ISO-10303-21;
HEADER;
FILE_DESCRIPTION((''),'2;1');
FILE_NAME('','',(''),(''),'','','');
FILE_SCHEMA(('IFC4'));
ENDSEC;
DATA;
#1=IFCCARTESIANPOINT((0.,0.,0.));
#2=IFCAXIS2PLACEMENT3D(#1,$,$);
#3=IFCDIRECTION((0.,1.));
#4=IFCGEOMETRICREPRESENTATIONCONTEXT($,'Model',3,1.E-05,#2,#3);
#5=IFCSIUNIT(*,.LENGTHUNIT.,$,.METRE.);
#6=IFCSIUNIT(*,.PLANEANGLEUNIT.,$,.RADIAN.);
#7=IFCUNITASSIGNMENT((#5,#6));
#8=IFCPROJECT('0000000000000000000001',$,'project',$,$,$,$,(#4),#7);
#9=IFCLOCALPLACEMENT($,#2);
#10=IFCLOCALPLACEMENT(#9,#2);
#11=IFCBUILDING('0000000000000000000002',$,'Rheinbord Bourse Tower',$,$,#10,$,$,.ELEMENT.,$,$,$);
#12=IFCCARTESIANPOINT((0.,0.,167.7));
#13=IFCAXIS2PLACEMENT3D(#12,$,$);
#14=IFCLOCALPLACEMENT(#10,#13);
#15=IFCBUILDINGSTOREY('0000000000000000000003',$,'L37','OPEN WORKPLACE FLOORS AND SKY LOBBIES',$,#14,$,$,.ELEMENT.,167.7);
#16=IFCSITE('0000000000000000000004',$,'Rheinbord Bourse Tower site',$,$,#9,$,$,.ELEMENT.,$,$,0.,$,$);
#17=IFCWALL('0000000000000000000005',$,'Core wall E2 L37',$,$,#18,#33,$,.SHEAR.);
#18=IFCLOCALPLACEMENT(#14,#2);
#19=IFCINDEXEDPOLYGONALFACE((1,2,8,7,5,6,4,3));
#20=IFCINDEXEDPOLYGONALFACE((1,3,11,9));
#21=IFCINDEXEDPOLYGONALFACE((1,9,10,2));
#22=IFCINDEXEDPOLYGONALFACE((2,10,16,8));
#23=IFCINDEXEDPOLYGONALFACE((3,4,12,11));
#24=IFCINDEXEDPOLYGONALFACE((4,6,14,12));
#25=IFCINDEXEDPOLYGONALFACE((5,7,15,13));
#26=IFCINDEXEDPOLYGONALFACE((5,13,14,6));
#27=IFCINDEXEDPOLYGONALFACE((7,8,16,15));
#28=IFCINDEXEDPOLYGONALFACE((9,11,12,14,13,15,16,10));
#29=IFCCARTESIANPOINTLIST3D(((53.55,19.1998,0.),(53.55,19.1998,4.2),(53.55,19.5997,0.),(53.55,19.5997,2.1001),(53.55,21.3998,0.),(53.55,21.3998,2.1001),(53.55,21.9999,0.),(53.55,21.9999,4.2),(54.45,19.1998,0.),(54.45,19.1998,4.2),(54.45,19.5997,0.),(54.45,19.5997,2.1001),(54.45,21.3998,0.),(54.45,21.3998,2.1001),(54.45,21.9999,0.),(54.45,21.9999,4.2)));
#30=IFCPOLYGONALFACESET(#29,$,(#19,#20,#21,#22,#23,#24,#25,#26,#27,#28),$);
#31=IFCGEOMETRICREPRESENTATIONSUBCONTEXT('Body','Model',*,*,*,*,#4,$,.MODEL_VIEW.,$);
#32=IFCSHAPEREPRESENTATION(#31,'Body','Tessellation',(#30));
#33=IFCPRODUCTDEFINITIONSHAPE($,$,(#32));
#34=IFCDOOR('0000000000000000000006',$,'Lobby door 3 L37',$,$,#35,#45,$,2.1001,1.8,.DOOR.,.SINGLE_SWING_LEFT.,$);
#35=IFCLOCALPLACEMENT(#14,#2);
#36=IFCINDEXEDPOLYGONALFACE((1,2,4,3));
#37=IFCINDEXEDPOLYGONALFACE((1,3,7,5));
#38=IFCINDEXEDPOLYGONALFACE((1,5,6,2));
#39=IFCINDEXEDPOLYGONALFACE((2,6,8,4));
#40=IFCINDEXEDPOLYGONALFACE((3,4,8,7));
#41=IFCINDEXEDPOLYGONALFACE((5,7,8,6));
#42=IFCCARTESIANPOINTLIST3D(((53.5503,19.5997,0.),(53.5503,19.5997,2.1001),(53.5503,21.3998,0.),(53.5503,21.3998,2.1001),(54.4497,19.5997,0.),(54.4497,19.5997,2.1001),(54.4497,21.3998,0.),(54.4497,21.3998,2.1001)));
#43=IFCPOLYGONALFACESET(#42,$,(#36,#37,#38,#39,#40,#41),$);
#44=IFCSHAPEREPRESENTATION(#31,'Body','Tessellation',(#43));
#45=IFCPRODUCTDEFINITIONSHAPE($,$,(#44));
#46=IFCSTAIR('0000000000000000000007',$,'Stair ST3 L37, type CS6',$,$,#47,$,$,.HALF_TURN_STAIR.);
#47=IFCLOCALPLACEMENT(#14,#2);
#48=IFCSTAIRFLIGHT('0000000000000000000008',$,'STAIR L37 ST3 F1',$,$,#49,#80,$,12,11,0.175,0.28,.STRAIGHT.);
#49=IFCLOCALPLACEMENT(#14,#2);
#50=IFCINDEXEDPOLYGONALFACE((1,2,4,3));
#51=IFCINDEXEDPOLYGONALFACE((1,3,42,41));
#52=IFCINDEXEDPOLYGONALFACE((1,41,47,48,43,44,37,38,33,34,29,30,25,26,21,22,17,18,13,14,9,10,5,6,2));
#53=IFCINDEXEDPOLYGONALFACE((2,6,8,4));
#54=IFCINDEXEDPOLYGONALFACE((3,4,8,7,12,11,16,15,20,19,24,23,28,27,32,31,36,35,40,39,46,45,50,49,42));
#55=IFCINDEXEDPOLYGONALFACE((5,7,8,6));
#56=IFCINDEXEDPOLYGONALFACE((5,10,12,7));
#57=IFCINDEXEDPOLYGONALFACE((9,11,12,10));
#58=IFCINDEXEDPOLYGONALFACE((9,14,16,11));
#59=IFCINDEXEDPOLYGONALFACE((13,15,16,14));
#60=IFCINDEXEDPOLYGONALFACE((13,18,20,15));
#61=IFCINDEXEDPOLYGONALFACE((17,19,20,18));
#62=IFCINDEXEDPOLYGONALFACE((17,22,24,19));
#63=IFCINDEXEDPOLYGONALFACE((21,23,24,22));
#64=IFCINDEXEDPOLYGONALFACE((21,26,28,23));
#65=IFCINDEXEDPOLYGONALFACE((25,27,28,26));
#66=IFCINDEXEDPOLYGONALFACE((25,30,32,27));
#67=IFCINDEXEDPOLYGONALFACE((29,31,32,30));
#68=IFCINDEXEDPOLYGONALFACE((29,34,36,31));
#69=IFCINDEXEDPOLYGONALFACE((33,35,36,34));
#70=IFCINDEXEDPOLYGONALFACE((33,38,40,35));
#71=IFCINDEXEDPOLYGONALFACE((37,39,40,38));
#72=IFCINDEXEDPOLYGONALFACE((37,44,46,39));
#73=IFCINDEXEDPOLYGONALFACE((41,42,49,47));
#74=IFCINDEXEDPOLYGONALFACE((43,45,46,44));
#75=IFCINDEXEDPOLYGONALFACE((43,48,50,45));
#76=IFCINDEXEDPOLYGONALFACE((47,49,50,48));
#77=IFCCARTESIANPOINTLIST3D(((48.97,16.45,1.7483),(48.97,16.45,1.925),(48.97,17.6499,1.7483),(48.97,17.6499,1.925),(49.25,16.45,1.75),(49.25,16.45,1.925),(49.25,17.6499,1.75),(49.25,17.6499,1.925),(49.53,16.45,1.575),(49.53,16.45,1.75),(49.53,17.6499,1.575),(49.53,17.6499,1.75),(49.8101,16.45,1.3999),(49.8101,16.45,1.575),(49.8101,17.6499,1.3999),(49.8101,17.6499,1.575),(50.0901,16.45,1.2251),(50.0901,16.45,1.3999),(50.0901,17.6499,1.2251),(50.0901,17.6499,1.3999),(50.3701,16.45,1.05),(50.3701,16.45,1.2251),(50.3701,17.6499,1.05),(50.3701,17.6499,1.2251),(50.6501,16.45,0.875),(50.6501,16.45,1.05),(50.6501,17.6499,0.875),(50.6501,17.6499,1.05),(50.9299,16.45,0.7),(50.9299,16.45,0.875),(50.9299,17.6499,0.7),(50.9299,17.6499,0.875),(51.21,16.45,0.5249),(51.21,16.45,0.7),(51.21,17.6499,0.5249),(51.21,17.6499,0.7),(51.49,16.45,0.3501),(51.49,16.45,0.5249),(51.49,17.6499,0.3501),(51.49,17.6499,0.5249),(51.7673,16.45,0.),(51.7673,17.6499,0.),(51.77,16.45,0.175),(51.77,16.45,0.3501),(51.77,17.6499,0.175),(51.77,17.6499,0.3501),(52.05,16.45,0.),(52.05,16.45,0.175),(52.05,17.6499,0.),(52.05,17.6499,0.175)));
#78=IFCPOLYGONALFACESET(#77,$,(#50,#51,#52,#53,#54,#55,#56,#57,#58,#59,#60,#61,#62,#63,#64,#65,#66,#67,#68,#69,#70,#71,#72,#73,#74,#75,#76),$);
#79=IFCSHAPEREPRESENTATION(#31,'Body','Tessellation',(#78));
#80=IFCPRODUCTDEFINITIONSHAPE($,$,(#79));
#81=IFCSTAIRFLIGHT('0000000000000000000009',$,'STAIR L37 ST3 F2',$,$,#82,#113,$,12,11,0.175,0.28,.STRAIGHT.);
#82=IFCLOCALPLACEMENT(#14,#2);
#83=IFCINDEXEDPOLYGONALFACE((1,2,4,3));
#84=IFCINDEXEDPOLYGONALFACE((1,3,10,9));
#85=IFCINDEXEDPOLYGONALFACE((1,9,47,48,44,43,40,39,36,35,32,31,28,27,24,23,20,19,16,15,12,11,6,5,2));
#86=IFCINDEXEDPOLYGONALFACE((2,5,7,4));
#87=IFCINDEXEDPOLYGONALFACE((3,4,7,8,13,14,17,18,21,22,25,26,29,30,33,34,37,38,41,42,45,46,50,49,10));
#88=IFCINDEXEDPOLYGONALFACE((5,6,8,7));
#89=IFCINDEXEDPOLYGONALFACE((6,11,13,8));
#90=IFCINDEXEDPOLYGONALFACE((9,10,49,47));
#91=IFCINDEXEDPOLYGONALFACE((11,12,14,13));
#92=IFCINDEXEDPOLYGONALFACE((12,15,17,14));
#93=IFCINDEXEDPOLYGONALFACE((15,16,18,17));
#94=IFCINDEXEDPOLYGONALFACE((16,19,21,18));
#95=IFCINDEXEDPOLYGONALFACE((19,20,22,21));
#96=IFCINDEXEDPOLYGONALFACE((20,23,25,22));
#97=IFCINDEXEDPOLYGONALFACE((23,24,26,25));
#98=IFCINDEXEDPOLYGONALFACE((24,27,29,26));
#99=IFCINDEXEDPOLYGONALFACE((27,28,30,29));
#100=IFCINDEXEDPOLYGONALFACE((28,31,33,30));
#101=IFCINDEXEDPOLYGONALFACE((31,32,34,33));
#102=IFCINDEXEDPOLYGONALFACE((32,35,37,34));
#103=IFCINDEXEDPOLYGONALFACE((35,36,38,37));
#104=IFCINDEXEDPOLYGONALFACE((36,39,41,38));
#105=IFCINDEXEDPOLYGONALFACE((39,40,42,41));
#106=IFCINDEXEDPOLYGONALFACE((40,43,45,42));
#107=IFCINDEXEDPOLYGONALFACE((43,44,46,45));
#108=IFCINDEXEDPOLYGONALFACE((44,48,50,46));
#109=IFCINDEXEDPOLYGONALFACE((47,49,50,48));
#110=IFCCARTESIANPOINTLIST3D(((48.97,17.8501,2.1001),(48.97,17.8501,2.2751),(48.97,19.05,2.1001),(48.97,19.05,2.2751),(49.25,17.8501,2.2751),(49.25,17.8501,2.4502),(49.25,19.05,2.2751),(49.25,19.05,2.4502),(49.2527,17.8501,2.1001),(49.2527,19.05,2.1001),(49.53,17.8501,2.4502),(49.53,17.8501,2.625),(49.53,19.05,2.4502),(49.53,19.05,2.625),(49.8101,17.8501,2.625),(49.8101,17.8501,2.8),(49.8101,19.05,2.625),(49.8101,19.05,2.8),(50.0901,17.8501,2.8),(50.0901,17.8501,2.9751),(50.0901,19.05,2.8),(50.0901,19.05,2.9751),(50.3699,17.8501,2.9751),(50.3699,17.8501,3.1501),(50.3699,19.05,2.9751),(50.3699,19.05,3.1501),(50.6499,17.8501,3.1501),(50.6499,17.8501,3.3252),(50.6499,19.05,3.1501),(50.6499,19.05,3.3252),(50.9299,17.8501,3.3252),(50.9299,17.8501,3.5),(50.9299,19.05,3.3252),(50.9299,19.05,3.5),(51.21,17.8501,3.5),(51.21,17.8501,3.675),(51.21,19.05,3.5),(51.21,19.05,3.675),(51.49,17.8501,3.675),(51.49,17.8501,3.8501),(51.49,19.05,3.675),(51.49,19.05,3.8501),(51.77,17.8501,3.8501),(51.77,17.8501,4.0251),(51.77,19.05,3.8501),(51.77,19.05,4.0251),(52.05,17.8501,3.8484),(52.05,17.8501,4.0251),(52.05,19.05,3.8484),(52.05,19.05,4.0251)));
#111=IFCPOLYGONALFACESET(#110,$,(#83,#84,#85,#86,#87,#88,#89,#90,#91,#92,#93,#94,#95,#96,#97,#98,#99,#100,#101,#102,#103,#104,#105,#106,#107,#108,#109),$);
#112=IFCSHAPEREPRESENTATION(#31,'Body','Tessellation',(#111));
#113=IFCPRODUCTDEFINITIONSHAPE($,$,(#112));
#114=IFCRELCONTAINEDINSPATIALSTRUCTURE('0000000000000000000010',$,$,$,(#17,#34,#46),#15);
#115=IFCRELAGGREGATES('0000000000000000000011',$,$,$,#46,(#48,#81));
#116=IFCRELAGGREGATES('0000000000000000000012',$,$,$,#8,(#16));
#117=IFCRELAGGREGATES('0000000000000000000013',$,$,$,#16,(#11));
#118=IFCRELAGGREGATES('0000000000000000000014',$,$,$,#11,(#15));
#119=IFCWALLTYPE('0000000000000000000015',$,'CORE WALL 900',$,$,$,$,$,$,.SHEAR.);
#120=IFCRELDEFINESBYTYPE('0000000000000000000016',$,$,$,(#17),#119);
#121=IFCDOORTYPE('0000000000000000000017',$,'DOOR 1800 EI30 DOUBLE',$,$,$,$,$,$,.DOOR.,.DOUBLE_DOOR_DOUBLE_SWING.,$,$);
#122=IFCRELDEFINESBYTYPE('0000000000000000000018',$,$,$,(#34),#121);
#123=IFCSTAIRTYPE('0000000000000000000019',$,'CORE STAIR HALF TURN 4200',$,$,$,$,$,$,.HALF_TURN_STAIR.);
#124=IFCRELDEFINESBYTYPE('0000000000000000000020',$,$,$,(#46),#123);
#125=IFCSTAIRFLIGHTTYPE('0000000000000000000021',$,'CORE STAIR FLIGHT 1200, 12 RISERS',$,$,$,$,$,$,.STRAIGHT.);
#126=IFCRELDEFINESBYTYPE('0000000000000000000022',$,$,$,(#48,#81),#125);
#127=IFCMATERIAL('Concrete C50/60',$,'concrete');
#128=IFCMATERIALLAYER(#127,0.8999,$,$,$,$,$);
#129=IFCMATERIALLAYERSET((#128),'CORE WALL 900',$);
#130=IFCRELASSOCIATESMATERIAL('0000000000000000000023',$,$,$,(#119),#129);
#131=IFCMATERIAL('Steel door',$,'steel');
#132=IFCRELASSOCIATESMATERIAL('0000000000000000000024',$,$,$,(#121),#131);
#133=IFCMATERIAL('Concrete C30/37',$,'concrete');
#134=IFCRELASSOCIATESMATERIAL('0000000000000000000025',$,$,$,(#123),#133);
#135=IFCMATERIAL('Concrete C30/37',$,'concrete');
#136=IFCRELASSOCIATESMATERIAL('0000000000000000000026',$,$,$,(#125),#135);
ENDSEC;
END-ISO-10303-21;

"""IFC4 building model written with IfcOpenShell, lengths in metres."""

from ifc_helpers import new_model, si_unit, direction, frame, frame_2d, origin, place, context, subcontext, project, spatial, polyline, rectangle, outline, extrude, material, layer, layer_set, type_object, element, fill, aggregate, save


model = new_model("IFC4")

# Units and contexts
model_context = context("Model", 3, precision=1e-05, world=origin(), true_north=direction((0.0, 1.0)))
body_context = subcontext(model_context, "Body", "Model", "MODEL_VIEW")
ifc_project = project(units=[si_unit("LENGTHUNIT", "METRE"), si_unit("PLANEANGLEUNIT", "RADIAN")], contexts=[model_context])

# Site, building, storey
site_placement = place(None, origin())
site = spatial("IfcSite", under=ifc_project, at=site_placement, Name="Rheinbord Bourse Tower site", CompositionType="ELEMENT", RefElevation=0.0)
building_placement = place(site_placement, origin())
building = spatial("IfcBuilding", under=site, at=building_placement, Name="Rheinbord Bourse Tower", CompositionType="ELEMENT")
storey_placement = place(building_placement, frame((0.0, 0.0, 167.7)))
storey = spatial("IfcBuildingStorey", under=building, at=storey_placement, Name="L37", Description="OPEN WORKPLACE FLOORS AND SKY LOBBIES", CompositionType="ELEMENT", Elevation=167.7)

# Wall, opening, door
ifc_material_1 = material(Name="Concrete C50/60", Category="concrete")
ifc_layer_1 = layer(ifc_material_1, 0.8999)
ifc_layer_set_1 = layer_set([ifc_layer_1], Name="CORE WALL 900")
wall_type_1 = type_object("IfcWallType", Name="CORE WALL 900", PredefinedType="SHEAR", material=ifc_layer_set_1)
wall_1_placement = place(storey_placement, frame((54.0, 19.2, 0.0), z_axis=(0.0, 0.0, 1.0), x_axis=(0.0, 1.0, 0.0)))
wall_1 = element("IfcWall", 1, at=wall_1_placement, inside=storey, type_object=wall_type_1, Name="Core wall E2 L37", PredefinedType="SHEAR", context=body_context, shape_type="SweptSolid", body=[
    extrude(rectangle(XDim=2.8, YDim=0.8999, at=frame_2d((1.3999, 0.0))), origin(), (0.0, 0.0, 1.0), 4.2),
])
opening_1_placement = place(wall_1_placement, frame((0.3999, 0.0, 0.0)))
opening_1 = element("IfcOpeningElement", 2, at=opening_1_placement, cuts=wall_1, PredefinedType="OPENING", context=body_context, shape_type="SweptSolid", body=[
    extrude(rectangle(XDim=1.8, YDim=2.1001, at=frame_2d((0.8999, 1.05))), frame((0.0, 0.46, 0.0), z_axis=(0.0, -1.0, 0.0), x_axis=(1.0, 0.0, 0.0)), (0.0, 0.0, 1.0), 0.9199),
])
ifc_material_2 = material(Name="Steel door", Category="steel")
door_type_1 = type_object("IfcDoorType", Name="DOOR 1800 EI30 DOUBLE", OperationType="DOUBLE_DOOR_DOUBLE_SWING", PredefinedType="DOOR", material=ifc_material_2)
door_1_placement = place(opening_1_placement, origin())
door_1 = element("IfcDoor", 3, at=door_1_placement, inside=storey, type_object=door_type_1, Name="Lobby door 3 L37", OperationType="SINGLE_SWING_LEFT", OverallHeight=2.1001, OverallWidth=1.8, PredefinedType="DOOR", context=body_context, shape_type="SweptSolid", body=[
    extrude(rectangle(XDim=1.8, YDim=2.1001, at=frame_2d((0.8999, 1.05))), frame((0.0, 0.4497, 0.0), z_axis=(0.0, -1.0, 0.0), x_axis=(1.0, 0.0, 0.0)), (0.0, 0.0, 1.0), 0.8994),
])
fill(opening_1, door_1)

# Stair, stair flights
ifc_material_3 = material(Name="Concrete C30/37", Category="concrete")
stair_type = type_object("IfcStairType", Name="CORE STAIR HALF TURN 4200", PredefinedType="HALF_TURN_STAIR", material=ifc_material_3)
stair_placement = place(storey_placement, origin())
stair = element("IfcStair", 4, at=stair_placement, inside=storey, type_object=stair_type, Name="Stair ST3 L37, type CS6", PredefinedType="HALF_TURN_STAIR")
ifc_material_4 = material(Name="Concrete C30/37", Category="concrete")
stair_flight_type = type_object("IfcStairFlightType", Name="CORE STAIR FLIGHT 1200, 12 RISERS", PredefinedType="STRAIGHT", material=ifc_material_4)
stair_flight_1_placement = place(storey_placement, frame((52.05, 17.05, 0.0), z_axis=(0.0, 0.0, 1.0), x_axis=(-1.0, 0.0, 0.0)))
stair_flight_1 = element("IfcStairFlight", 5, at=stair_flight_1_placement, type_object=stair_flight_type, Name="STAIR L37 ST3 F1", NumberOfRisers=12, NumberOfTreads=11, PredefinedType="STRAIGHT", RiserHeight=0.175, TreadLength=0.28, context=body_context, shape_type="SweptSolid", body=[
    extrude(outline(polyline([(0.0, 0.0), (0.0, 0.175), (0.28, 0.175), (0.28, 0.3501), (0.5601, 0.3501), (0.5601, 0.5249), (0.8401, 0.5249), (0.8401, 0.7), (1.1201, 0.7), (1.1201, 0.875), (1.3999, 0.875), (1.3999, 1.05), (1.6799, 1.05), (1.6799, 1.2251), (1.96, 1.2251), (1.96, 1.3999), (2.24, 1.3999), (2.24, 1.575), (2.52, 1.575), (2.52, 1.75), (2.8, 1.75), (2.8, 1.925), (3.0801, 1.925), (3.0801, 2.1001), (3.0801, 1.7483), (0.2827, 0.0), (0.0, 0.0)])), frame((0.0, 0.6001, 0.0), z_axis=(0.0, -1.0, 0.0), x_axis=(1.0, 0.0, 0.0)), (0.0, 0.0, 1.0), 1.2),
])
stair_flight_2_placement = place(storey_placement, frame((48.97, 18.45, 2.1001), z_axis=(0.0, 0.0, 1.0), x_axis=(1.0, 0.0, 0.0)))
stair_flight_2 = element("IfcStairFlight", 6, at=stair_flight_2_placement, type_object=stair_flight_type, Name="STAIR L37 ST3 F2", NumberOfRisers=12, NumberOfTreads=11, PredefinedType="STRAIGHT", RiserHeight=0.175, TreadLength=0.28, context=body_context, shape_type="SweptSolid", body=[
    extrude(outline(polyline([(0.0, 0.0), (0.0, 0.175), (0.28, 0.175), (0.28, 0.3501), (0.5601, 0.3501), (0.5601, 0.5249), (0.8401, 0.5249), (0.8401, 0.7), (1.1201, 0.7), (1.1201, 0.875), (1.3999, 0.875), (1.3999, 1.05), (1.6799, 1.05), (1.6799, 1.2251), (1.96, 1.2251), (1.96, 1.3999), (2.24, 1.3999), (2.24, 1.575), (2.52, 1.575), (2.52, 1.75), (2.8, 1.75), (2.8, 1.925), (3.0801, 1.925), (3.0801, 2.1001), (3.0801, 1.7483), (0.2827, 0.0), (0.0, 0.0)])), frame((0.0, 0.6001, 0.0), z_axis=(0.0, -1.0, 0.0), x_axis=(1.0, 0.0, 0.0)), (0.0, 0.0, 1.0), 1.2),
])
aggregate(stair, [stair_flight_1, stair_flight_2])

save(model, "model.ifc")
